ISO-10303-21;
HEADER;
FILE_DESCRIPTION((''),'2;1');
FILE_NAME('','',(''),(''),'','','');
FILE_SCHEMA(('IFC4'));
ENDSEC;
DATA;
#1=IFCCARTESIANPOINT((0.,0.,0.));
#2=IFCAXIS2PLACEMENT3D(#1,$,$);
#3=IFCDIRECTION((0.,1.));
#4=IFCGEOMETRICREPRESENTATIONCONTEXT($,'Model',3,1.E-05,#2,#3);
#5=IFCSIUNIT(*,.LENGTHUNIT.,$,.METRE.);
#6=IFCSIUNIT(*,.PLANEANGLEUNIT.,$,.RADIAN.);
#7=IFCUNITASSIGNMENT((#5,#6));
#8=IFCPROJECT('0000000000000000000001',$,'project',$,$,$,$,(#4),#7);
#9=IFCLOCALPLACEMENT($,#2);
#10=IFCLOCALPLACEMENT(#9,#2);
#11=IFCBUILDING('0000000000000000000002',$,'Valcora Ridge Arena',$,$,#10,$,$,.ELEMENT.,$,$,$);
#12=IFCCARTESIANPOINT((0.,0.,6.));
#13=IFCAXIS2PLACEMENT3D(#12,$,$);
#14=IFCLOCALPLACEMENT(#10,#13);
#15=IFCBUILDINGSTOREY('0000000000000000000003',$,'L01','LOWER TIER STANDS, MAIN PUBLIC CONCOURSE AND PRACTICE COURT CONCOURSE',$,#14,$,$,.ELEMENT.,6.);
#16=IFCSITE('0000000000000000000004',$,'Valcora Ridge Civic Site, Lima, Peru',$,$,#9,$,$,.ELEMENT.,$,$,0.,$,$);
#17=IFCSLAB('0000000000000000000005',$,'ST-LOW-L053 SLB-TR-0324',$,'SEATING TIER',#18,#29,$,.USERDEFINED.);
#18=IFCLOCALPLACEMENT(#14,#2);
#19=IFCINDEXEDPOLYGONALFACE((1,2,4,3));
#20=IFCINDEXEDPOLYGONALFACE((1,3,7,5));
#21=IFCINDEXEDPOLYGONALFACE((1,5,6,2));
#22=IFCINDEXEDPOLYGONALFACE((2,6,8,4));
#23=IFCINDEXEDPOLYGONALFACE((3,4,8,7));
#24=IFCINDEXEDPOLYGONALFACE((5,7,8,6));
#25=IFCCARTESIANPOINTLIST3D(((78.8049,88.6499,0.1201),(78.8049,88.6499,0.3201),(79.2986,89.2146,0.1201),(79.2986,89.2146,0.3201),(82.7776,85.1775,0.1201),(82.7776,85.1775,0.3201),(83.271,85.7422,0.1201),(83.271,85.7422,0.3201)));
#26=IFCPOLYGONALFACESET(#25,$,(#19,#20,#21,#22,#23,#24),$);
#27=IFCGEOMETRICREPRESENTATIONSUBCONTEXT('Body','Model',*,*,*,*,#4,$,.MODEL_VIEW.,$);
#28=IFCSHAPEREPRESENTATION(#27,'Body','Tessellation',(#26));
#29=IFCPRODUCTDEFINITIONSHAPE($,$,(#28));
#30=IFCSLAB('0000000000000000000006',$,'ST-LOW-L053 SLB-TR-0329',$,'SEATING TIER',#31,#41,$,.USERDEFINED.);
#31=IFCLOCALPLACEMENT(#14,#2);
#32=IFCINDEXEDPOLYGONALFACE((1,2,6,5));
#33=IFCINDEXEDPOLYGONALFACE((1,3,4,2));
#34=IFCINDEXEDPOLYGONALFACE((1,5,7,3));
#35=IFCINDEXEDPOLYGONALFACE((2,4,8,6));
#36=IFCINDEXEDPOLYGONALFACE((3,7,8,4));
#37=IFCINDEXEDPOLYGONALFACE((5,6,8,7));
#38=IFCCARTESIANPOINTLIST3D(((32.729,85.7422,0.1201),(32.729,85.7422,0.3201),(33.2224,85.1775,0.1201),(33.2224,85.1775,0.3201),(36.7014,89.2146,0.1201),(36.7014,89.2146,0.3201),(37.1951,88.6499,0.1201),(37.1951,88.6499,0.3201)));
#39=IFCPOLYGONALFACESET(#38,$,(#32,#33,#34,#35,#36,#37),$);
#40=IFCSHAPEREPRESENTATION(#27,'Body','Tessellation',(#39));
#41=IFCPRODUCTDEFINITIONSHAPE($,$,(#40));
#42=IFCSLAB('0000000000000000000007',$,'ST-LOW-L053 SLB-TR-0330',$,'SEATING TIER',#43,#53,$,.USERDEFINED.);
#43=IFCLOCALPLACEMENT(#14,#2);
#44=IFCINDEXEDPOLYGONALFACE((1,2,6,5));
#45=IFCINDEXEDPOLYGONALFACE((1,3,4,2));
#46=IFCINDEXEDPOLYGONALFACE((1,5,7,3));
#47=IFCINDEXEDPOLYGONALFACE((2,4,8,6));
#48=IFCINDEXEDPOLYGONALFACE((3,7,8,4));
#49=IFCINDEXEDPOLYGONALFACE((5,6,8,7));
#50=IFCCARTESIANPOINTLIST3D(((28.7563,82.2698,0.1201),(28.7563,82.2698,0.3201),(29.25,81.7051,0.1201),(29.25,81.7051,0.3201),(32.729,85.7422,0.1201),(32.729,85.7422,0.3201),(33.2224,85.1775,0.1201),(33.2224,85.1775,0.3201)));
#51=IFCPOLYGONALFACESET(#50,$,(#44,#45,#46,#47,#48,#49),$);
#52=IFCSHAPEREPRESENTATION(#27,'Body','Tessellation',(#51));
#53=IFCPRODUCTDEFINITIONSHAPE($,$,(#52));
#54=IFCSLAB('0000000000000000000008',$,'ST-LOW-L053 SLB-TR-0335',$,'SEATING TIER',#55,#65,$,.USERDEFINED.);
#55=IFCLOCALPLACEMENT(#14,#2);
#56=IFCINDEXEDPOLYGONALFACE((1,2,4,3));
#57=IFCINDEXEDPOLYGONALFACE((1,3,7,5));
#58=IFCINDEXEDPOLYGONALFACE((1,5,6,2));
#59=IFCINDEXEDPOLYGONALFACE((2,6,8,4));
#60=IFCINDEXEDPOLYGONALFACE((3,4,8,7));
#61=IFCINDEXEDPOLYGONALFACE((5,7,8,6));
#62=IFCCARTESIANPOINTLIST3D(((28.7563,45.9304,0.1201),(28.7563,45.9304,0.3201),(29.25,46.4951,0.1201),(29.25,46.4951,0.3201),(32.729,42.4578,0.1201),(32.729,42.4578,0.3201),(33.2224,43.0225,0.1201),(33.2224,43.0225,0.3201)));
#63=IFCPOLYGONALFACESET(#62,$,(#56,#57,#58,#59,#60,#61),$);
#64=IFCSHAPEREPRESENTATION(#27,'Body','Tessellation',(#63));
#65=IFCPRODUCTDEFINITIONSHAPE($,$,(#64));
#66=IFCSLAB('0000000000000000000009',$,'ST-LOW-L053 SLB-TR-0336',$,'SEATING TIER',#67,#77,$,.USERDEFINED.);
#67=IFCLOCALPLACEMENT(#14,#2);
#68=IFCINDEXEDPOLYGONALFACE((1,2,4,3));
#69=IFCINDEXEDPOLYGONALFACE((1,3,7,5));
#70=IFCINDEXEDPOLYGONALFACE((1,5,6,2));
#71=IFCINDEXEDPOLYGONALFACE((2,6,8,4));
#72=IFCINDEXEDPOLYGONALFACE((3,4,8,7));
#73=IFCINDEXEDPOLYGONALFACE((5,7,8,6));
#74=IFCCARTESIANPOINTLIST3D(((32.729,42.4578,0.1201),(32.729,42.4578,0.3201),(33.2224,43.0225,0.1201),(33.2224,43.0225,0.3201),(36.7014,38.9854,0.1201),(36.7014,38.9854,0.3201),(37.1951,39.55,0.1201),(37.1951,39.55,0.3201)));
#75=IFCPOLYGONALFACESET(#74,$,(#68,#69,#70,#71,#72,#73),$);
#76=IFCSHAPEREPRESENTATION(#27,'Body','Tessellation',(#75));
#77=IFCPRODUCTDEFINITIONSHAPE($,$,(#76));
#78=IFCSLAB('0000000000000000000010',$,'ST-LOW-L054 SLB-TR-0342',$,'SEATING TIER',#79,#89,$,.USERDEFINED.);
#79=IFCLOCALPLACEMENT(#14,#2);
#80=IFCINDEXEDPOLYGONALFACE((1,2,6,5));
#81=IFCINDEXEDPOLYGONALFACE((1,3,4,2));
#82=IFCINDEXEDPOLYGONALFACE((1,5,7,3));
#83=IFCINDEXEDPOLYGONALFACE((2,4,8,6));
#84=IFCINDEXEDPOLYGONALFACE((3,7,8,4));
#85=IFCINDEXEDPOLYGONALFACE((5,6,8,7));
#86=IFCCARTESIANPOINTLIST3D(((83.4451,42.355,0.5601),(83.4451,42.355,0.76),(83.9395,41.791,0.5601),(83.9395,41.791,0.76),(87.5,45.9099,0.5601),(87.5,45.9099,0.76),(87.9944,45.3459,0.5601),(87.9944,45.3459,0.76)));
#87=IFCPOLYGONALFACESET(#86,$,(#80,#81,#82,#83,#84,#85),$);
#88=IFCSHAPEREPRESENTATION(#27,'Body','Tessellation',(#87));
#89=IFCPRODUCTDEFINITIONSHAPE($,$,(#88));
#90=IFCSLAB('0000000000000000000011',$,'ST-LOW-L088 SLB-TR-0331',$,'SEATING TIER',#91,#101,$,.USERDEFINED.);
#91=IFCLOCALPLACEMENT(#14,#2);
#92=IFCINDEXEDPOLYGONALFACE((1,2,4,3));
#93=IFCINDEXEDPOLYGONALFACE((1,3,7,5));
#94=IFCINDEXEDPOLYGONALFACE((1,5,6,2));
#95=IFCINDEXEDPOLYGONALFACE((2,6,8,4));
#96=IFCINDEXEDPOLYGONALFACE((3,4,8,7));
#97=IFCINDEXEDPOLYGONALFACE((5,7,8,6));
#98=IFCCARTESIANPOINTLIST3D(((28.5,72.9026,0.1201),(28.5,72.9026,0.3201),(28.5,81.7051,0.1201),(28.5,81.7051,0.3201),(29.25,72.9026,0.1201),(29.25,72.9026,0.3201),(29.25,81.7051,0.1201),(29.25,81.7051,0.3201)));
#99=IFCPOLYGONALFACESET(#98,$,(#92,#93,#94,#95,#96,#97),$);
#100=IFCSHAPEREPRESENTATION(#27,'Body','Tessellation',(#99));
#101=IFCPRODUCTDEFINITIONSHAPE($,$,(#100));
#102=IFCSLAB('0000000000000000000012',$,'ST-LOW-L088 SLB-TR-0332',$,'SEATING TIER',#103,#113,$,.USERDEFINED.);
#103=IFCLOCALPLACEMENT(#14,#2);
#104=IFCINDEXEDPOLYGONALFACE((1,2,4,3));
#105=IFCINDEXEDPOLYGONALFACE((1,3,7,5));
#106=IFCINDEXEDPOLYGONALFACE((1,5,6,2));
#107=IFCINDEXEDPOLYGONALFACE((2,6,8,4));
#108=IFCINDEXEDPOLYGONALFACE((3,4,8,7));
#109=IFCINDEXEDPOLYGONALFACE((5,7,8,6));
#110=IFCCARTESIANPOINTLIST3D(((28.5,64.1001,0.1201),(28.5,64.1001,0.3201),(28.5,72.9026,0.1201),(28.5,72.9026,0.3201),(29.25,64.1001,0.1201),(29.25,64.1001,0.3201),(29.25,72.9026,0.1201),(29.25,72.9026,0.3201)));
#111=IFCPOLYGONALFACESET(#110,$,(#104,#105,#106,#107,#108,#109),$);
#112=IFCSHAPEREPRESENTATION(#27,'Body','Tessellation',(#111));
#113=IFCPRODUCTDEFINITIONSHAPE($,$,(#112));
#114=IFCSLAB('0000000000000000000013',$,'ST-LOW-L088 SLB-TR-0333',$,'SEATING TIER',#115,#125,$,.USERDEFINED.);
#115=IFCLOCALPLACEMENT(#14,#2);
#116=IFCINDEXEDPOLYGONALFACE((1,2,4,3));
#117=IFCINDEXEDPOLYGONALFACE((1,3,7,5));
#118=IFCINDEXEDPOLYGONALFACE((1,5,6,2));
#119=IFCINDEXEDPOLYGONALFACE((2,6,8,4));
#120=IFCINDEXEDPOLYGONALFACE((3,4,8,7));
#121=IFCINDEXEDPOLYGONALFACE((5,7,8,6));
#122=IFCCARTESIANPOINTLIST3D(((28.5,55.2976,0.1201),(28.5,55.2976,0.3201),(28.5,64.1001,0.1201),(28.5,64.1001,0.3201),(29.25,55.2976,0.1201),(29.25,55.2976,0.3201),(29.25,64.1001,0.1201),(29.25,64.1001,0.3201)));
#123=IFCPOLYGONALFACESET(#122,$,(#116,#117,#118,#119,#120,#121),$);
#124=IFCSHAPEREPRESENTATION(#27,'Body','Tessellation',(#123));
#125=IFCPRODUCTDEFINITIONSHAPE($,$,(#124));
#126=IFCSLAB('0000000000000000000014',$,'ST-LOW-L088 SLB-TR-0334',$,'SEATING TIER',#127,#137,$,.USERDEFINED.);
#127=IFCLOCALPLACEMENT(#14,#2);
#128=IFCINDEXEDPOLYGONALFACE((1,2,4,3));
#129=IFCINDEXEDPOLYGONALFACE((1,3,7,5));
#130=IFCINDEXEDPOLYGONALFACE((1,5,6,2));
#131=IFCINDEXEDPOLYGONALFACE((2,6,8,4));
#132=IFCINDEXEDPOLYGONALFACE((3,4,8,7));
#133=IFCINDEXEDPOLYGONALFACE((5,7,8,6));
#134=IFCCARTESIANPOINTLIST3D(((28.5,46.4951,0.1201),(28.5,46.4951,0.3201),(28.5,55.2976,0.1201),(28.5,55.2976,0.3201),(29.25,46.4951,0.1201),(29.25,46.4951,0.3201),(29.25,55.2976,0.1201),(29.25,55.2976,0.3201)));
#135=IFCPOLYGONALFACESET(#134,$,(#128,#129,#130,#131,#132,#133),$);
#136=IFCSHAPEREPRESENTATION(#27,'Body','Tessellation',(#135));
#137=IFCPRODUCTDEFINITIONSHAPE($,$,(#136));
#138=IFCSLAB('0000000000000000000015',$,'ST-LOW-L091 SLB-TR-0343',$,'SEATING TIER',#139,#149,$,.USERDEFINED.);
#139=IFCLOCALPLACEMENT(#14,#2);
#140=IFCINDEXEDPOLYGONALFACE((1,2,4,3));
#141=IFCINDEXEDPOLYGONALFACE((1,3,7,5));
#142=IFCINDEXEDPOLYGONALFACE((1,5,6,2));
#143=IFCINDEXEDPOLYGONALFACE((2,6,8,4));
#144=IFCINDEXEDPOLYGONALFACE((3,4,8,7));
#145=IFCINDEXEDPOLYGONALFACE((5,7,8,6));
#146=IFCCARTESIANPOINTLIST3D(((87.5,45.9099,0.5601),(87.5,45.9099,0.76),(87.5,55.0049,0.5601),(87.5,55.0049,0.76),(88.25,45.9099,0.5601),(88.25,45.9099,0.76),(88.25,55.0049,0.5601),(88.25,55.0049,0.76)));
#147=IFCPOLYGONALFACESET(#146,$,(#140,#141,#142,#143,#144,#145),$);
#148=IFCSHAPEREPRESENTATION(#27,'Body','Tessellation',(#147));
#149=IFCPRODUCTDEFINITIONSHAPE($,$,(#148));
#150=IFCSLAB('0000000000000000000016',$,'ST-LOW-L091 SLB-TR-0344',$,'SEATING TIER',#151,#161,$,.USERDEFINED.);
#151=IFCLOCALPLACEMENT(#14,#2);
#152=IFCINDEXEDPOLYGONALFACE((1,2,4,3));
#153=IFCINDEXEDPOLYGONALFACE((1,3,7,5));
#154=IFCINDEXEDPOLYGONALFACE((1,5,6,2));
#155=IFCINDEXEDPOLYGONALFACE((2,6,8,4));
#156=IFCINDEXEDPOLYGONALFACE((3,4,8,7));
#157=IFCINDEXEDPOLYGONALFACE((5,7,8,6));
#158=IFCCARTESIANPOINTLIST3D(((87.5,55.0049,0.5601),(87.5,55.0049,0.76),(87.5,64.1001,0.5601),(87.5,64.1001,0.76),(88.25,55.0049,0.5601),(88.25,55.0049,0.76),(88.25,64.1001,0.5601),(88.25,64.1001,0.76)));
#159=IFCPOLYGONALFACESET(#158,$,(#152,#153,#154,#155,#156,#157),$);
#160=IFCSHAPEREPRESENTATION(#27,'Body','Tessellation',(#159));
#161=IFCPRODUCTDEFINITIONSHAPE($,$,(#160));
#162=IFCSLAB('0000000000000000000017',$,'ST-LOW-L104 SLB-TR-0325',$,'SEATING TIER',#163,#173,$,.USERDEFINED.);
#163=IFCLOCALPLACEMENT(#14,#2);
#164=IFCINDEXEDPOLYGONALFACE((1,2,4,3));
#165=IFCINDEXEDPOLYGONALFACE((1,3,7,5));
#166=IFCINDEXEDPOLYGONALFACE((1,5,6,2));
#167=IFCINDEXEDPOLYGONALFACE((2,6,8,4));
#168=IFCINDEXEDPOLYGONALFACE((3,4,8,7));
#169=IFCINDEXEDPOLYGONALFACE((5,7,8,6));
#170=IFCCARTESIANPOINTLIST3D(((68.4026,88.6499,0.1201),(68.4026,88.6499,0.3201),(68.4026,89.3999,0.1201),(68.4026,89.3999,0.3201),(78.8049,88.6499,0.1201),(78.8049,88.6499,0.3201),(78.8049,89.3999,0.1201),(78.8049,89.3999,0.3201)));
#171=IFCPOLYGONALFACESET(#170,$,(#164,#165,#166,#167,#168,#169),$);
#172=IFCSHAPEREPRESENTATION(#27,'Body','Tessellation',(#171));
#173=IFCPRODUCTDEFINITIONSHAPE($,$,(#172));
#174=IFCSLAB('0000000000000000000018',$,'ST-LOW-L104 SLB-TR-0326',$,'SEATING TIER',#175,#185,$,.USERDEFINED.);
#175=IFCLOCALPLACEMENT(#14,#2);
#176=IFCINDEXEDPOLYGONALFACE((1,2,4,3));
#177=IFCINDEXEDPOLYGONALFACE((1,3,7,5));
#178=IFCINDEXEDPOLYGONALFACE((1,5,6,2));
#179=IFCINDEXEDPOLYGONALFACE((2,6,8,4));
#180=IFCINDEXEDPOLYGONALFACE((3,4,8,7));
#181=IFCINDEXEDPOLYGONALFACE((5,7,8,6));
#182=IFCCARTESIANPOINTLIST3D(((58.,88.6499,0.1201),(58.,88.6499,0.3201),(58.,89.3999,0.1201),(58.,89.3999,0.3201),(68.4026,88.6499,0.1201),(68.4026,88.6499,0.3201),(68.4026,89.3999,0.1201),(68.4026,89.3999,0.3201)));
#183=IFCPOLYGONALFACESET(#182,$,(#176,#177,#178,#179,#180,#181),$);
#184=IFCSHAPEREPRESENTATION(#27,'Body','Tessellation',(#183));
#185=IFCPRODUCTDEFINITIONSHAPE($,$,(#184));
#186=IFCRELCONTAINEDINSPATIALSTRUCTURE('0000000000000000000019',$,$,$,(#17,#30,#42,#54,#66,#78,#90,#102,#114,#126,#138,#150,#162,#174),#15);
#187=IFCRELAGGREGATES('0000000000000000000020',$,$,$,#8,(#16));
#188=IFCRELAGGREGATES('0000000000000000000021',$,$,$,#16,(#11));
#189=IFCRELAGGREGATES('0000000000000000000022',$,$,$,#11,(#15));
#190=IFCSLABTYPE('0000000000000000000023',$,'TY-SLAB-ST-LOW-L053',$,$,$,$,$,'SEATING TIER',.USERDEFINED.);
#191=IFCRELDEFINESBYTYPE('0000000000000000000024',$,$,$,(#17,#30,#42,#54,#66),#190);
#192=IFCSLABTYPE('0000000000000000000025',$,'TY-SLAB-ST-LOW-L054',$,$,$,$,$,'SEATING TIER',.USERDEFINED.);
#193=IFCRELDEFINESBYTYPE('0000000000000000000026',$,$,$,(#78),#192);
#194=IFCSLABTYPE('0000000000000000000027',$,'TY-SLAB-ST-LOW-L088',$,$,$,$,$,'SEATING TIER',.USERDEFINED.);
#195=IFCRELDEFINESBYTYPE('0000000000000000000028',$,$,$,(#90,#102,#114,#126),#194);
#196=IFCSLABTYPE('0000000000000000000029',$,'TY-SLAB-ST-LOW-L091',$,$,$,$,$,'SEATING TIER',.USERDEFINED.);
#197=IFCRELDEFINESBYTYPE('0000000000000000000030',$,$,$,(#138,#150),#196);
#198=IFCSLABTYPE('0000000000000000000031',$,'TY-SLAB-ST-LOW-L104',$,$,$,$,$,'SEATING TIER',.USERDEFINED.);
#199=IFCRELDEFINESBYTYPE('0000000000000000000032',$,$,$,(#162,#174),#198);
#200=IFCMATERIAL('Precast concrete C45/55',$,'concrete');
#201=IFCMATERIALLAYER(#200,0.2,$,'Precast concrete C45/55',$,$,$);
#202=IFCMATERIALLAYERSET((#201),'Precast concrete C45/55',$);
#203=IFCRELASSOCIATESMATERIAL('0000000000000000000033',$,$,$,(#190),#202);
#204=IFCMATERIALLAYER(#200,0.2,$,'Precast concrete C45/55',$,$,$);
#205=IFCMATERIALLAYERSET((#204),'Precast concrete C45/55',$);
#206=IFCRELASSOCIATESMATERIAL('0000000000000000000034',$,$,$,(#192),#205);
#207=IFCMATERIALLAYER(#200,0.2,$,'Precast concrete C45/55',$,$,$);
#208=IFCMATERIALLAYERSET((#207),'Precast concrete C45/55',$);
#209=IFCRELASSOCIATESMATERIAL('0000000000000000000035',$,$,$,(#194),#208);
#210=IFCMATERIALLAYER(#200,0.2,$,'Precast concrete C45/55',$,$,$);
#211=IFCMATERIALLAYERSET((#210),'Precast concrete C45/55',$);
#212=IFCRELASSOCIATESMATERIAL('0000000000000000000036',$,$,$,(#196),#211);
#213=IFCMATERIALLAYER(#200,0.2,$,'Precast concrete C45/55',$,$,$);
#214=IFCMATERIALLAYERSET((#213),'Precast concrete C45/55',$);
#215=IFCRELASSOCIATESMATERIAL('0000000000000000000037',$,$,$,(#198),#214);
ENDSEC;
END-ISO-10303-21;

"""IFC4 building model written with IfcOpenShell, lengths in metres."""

from ifc_helpers import new_model, si_unit, direction, frame, origin, place, context, subcontext, project, spatial, polyline, outline, extrude, material, layer, layer_set, type_object, element, save


model = new_model("IFC4")

# Units and contexts
model_context = context("Model", 3, precision=1e-05, world=origin(), true_north=direction((0.0, 1.0)))
body_context = subcontext(model_context, "Body", "Model", "MODEL_VIEW")
ifc_project = project(units=[si_unit("LENGTHUNIT", "METRE"), si_unit("PLANEANGLEUNIT", "RADIAN")], contexts=[model_context])

# Site, building, storey
site_placement = place(None, origin())
site = spatial("IfcSite", under=ifc_project, at=site_placement, Name="Valcora Ridge Civic Site, Lima, Peru", CompositionType="ELEMENT", RefElevation=0.0)
building_placement = place(site_placement, origin())
building = spatial("IfcBuilding", under=site, at=building_placement, Name="Valcora Ridge Arena", CompositionType="ELEMENT")
storey_placement = place(building_placement, frame((0.0, 0.0, 6.0)))
storey = spatial("IfcBuildingStorey", under=building, at=storey_placement, Name="L01", Description="LOWER TIER STANDS, MAIN PUBLIC CONCOURSE AND PRACTICE COURT CONCOURSE", CompositionType="ELEMENT", Elevation=6.0)

# Slabs
ifc_material = material(Name="Precast concrete C45/55", Category="concrete")
ifc_layer_1 = layer(ifc_material, 0.2, Name="Precast concrete C45/55")
ifc_layer_set_1 = layer_set([ifc_layer_1], Name="Precast concrete C45/55")
slab_type_1 = type_object("IfcSlabType", Name="TY-SLAB-ST-LOW-L053", ElementType="SEATING TIER", PredefinedType="USERDEFINED", material=ifc_layer_set_1)
slab_1_placement = place(storey_placement, frame((0.0, 0.0, 0.1201)))
element("IfcSlab", 1, at=slab_1_placement, inside=storey, type_object=slab_type_1, Name="ST-LOW-L053 SLB-TR-0324", ObjectType="SEATING TIER", PredefinedType="USERDEFINED", context=body_context, shape_type="SweptSolid", body=[
    extrude(outline(polyline([(82.7776, 85.1775), (78.8049, 88.6499), (79.2986, 89.2146), (83.271, 85.7422), (82.7776, 85.1775)])), origin(), (0.0, 0.0, 1.0), 0.2),
])
slab_2_placement = place(storey_placement, frame((0.0, 0.0, 0.1201)))
element("IfcSlab", 2, at=slab_2_placement, inside=storey, type_object=slab_type_1, Name="ST-LOW-L053 SLB-TR-0329", ObjectType="SEATING TIER", PredefinedType="USERDEFINED", context=body_context, shape_type="SweptSolid", body=[
    extrude(outline(polyline([(37.1951, 88.6499), (33.2224, 85.1775), (32.729, 85.7422), (36.7014, 89.2146), (37.1951, 88.6499)])), origin(), (0.0, 0.0, 1.0), 0.2),
])
slab_3_placement = place(storey_placement, frame((0.0, 0.0, 0.1201)))
element("IfcSlab", 3, at=slab_3_placement, inside=storey, type_object=slab_type_1, Name="ST-LOW-L053 SLB-TR-0330", ObjectType="SEATING TIER", PredefinedType="USERDEFINED", context=body_context, shape_type="SweptSolid", body=[
    extrude(outline(polyline([(33.2224, 85.1775), (29.25, 81.7051), (28.7563, 82.2698), (32.729, 85.7422), (33.2224, 85.1775)])), origin(), (0.0, 0.0, 1.0), 0.2),
])
slab_4_placement = place(storey_placement, frame((0.0, 0.0, 0.1201)))
element("IfcSlab", 4, at=slab_4_placement, inside=storey, type_object=slab_type_1, Name="ST-LOW-L053 SLB-TR-0335", ObjectType="SEATING TIER", PredefinedType="USERDEFINED", context=body_context, shape_type="SweptSolid", body=[
    extrude(outline(polyline([(29.25, 46.4951), (33.2224, 43.0225), (32.729, 42.4578), (28.7563, 45.9304), (29.25, 46.4951)])), origin(), (0.0, 0.0, 1.0), 0.2),
])
slab_5_placement = place(storey_placement, frame((0.0, 0.0, 0.1201)))
element("IfcSlab", 5, at=slab_5_placement, inside=storey, type_object=slab_type_1, Name="ST-LOW-L053 SLB-TR-0336", ObjectType="SEATING TIER", PredefinedType="USERDEFINED", context=body_context, shape_type="SweptSolid", body=[
    extrude(outline(polyline([(33.2224, 43.0225), (37.1951, 39.55), (36.7014, 38.9854), (32.729, 42.4578), (33.2224, 43.0225)])), origin(), (0.0, 0.0, 1.0), 0.2),
])
ifc_layer_2 = layer(ifc_material, 0.2, Name="Precast concrete C45/55")
ifc_layer_set_2 = layer_set([ifc_layer_2], Name="Precast concrete C45/55")
slab_type_2 = type_object("IfcSlabType", Name="TY-SLAB-ST-LOW-L054", ElementType="SEATING TIER", PredefinedType="USERDEFINED", material=ifc_layer_set_2)
slab_6_placement = place(storey_placement, frame((0.0, 0.0, 0.5601)))
element("IfcSlab", 6, at=slab_6_placement, inside=storey, type_object=slab_type_2, Name="ST-LOW-L054 SLB-TR-0342", ObjectType="SEATING TIER", PredefinedType="USERDEFINED", context=body_context, shape_type="SweptSolid", body=[
    extrude(outline(polyline([(83.4451, 42.355), (87.5, 45.9099), (87.9944, 45.3459), (83.9395, 41.791), (83.4451, 42.355)])), origin(), (0.0, 0.0, 1.0), 0.2),
])
ifc_layer_3 = layer(ifc_material, 0.2, Name="Precast concrete C45/55")
ifc_layer_set_3 = layer_set([ifc_layer_3], Name="Precast concrete C45/55")
slab_type_3 = type_object("IfcSlabType", Name="TY-SLAB-ST-LOW-L088", ElementType="SEATING TIER", PredefinedType="USERDEFINED", material=ifc_layer_set_3)
slab_7_placement = place(storey_placement, frame((0.0, 0.0, 0.1201)))
element("IfcSlab", 7, at=slab_7_placement, inside=storey, type_object=slab_type_3, Name="ST-LOW-L088 SLB-TR-0331", ObjectType="SEATING TIER", PredefinedType="USERDEFINED", context=body_context, shape_type="SweptSolid", body=[
    extrude(outline(polyline([(29.25, 81.7051), (29.25, 72.9026), (28.5, 72.9026), (28.5, 81.7051), (29.25, 81.7051)])), origin(), (0.0, 0.0, 1.0), 0.2),
])
slab_8_placement = place(storey_placement, frame((0.0, 0.0, 0.1201)))
element("IfcSlab", 8, at=slab_8_placement, inside=storey, type_object=slab_type_3, Name="ST-LOW-L088 SLB-TR-0332", ObjectType="SEATING TIER", PredefinedType="USERDEFINED", context=body_context, shape_type="SweptSolid", body=[
    extrude(outline(polyline([(29.25, 72.9026), (29.25, 64.1001), (28.5, 64.1001), (28.5, 72.9026), (29.25, 72.9026)])), origin(), (0.0, 0.0, 1.0), 0.2),
])
slab_9_placement = place(storey_placement, frame((0.0, 0.0, 0.1201)))
element("IfcSlab", 9, at=slab_9_placement, inside=storey, type_object=slab_type_3, Name="ST-LOW-L088 SLB-TR-0333", ObjectType="SEATING TIER", PredefinedType="USERDEFINED", context=body_context, shape_type="SweptSolid", body=[
    extrude(outline(polyline([(29.25, 64.1001), (29.25, 55.2976), (28.5, 55.2976), (28.5, 64.1001), (29.25, 64.1001)])), origin(), (0.0, 0.0, 1.0), 0.2),
])
slab_10_placement = place(storey_placement, frame((0.0, 0.0, 0.1201)))
element("IfcSlab", 10, at=slab_10_placement, inside=storey, type_object=slab_type_3, Name="ST-LOW-L088 SLB-TR-0334", ObjectType="SEATING TIER", PredefinedType="USERDEFINED", context=body_context, shape_type="SweptSolid", body=[
    extrude(outline(polyline([(29.25, 55.2976), (29.25, 46.4951), (28.5, 46.4951), (28.5, 55.2976), (29.25, 55.2976)])), origin(), (0.0, 0.0, 1.0), 0.2),
])
ifc_layer_4 = layer(ifc_material, 0.2, Name="Precast concrete C45/55")
ifc_layer_set_4 = layer_set([ifc_layer_4], Name="Precast concrete C45/55")
slab_type_4 = type_object("IfcSlabType", Name="TY-SLAB-ST-LOW-L091", ElementType="SEATING TIER", PredefinedType="USERDEFINED", material=ifc_layer_set_4)
slab_11_placement = place(storey_placement, frame((0.0, 0.0, 0.5601)))
element("IfcSlab", 11, at=slab_11_placement, inside=storey, type_object=slab_type_4, Name="ST-LOW-L091 SLB-TR-0343", ObjectType="SEATING TIER", PredefinedType="USERDEFINED", context=body_context, shape_type="SweptSolid", body=[
    extrude(outline(polyline([(87.5, 45.9099), (87.5, 55.0049), (88.25, 55.0049), (88.25, 45.9099), (87.5, 45.9099)])), origin(), (0.0, 0.0, 1.0), 0.2),
])
slab_12_placement = place(storey_placement, frame((0.0, 0.0, 0.5601)))
element("IfcSlab", 12, at=slab_12_placement, inside=storey, type_object=slab_type_4, Name="ST-LOW-L091 SLB-TR-0344", ObjectType="SEATING TIER", PredefinedType="USERDEFINED", context=body_context, shape_type="SweptSolid", body=[
    extrude(outline(polyline([(87.5, 55.0049), (87.5, 64.1001), (88.25, 64.1001), (88.25, 55.0049), (87.5, 55.0049)])), origin(), (0.0, 0.0, 1.0), 0.2),
])
ifc_layer_5 = layer(ifc_material, 0.2, Name="Precast concrete C45/55")
ifc_layer_set_5 = layer_set([ifc_layer_5], Name="Precast concrete C45/55")
slab_type_5 = type_object("IfcSlabType", Name="TY-SLAB-ST-LOW-L104", ElementType="SEATING TIER", PredefinedType="USERDEFINED", material=ifc_layer_set_5)
slab_13_placement = place(storey_placement, frame((0.0, 0.0, 0.1201)))
element("IfcSlab", 13, at=slab_13_placement, inside=storey, type_object=slab_type_5, Name="ST-LOW-L104 SLB-TR-0325", ObjectType="SEATING TIER", PredefinedType="USERDEFINED", context=body_context, shape_type="SweptSolid", body=[
    extrude(outline(polyline([(78.8049, 88.6499), (68.4026, 88.6499), (68.4026, 89.3999), (78.8049, 89.3999), (78.8049, 88.6499)])), origin(), (0.0, 0.0, 1.0), 0.2),
])
slab_14_placement = place(storey_placement, frame((0.0, 0.0, 0.1201)))
element("IfcSlab", 14, at=slab_14_placement, inside=storey, type_object=slab_type_5, Name="ST-LOW-L104 SLB-TR-0326", ObjectType="SEATING TIER", PredefinedType="USERDEFINED", context=body_context, shape_type="SweptSolid", body=[
    extrude(outline(polyline([(68.4026, 88.6499), (58.0, 88.6499), (58.0, 89.3999), (68.4026, 89.3999), (68.4026, 88.6499)])), origin(), (0.0, 0.0, 1.0), 0.2),
])

save(model, "model.ifc")
